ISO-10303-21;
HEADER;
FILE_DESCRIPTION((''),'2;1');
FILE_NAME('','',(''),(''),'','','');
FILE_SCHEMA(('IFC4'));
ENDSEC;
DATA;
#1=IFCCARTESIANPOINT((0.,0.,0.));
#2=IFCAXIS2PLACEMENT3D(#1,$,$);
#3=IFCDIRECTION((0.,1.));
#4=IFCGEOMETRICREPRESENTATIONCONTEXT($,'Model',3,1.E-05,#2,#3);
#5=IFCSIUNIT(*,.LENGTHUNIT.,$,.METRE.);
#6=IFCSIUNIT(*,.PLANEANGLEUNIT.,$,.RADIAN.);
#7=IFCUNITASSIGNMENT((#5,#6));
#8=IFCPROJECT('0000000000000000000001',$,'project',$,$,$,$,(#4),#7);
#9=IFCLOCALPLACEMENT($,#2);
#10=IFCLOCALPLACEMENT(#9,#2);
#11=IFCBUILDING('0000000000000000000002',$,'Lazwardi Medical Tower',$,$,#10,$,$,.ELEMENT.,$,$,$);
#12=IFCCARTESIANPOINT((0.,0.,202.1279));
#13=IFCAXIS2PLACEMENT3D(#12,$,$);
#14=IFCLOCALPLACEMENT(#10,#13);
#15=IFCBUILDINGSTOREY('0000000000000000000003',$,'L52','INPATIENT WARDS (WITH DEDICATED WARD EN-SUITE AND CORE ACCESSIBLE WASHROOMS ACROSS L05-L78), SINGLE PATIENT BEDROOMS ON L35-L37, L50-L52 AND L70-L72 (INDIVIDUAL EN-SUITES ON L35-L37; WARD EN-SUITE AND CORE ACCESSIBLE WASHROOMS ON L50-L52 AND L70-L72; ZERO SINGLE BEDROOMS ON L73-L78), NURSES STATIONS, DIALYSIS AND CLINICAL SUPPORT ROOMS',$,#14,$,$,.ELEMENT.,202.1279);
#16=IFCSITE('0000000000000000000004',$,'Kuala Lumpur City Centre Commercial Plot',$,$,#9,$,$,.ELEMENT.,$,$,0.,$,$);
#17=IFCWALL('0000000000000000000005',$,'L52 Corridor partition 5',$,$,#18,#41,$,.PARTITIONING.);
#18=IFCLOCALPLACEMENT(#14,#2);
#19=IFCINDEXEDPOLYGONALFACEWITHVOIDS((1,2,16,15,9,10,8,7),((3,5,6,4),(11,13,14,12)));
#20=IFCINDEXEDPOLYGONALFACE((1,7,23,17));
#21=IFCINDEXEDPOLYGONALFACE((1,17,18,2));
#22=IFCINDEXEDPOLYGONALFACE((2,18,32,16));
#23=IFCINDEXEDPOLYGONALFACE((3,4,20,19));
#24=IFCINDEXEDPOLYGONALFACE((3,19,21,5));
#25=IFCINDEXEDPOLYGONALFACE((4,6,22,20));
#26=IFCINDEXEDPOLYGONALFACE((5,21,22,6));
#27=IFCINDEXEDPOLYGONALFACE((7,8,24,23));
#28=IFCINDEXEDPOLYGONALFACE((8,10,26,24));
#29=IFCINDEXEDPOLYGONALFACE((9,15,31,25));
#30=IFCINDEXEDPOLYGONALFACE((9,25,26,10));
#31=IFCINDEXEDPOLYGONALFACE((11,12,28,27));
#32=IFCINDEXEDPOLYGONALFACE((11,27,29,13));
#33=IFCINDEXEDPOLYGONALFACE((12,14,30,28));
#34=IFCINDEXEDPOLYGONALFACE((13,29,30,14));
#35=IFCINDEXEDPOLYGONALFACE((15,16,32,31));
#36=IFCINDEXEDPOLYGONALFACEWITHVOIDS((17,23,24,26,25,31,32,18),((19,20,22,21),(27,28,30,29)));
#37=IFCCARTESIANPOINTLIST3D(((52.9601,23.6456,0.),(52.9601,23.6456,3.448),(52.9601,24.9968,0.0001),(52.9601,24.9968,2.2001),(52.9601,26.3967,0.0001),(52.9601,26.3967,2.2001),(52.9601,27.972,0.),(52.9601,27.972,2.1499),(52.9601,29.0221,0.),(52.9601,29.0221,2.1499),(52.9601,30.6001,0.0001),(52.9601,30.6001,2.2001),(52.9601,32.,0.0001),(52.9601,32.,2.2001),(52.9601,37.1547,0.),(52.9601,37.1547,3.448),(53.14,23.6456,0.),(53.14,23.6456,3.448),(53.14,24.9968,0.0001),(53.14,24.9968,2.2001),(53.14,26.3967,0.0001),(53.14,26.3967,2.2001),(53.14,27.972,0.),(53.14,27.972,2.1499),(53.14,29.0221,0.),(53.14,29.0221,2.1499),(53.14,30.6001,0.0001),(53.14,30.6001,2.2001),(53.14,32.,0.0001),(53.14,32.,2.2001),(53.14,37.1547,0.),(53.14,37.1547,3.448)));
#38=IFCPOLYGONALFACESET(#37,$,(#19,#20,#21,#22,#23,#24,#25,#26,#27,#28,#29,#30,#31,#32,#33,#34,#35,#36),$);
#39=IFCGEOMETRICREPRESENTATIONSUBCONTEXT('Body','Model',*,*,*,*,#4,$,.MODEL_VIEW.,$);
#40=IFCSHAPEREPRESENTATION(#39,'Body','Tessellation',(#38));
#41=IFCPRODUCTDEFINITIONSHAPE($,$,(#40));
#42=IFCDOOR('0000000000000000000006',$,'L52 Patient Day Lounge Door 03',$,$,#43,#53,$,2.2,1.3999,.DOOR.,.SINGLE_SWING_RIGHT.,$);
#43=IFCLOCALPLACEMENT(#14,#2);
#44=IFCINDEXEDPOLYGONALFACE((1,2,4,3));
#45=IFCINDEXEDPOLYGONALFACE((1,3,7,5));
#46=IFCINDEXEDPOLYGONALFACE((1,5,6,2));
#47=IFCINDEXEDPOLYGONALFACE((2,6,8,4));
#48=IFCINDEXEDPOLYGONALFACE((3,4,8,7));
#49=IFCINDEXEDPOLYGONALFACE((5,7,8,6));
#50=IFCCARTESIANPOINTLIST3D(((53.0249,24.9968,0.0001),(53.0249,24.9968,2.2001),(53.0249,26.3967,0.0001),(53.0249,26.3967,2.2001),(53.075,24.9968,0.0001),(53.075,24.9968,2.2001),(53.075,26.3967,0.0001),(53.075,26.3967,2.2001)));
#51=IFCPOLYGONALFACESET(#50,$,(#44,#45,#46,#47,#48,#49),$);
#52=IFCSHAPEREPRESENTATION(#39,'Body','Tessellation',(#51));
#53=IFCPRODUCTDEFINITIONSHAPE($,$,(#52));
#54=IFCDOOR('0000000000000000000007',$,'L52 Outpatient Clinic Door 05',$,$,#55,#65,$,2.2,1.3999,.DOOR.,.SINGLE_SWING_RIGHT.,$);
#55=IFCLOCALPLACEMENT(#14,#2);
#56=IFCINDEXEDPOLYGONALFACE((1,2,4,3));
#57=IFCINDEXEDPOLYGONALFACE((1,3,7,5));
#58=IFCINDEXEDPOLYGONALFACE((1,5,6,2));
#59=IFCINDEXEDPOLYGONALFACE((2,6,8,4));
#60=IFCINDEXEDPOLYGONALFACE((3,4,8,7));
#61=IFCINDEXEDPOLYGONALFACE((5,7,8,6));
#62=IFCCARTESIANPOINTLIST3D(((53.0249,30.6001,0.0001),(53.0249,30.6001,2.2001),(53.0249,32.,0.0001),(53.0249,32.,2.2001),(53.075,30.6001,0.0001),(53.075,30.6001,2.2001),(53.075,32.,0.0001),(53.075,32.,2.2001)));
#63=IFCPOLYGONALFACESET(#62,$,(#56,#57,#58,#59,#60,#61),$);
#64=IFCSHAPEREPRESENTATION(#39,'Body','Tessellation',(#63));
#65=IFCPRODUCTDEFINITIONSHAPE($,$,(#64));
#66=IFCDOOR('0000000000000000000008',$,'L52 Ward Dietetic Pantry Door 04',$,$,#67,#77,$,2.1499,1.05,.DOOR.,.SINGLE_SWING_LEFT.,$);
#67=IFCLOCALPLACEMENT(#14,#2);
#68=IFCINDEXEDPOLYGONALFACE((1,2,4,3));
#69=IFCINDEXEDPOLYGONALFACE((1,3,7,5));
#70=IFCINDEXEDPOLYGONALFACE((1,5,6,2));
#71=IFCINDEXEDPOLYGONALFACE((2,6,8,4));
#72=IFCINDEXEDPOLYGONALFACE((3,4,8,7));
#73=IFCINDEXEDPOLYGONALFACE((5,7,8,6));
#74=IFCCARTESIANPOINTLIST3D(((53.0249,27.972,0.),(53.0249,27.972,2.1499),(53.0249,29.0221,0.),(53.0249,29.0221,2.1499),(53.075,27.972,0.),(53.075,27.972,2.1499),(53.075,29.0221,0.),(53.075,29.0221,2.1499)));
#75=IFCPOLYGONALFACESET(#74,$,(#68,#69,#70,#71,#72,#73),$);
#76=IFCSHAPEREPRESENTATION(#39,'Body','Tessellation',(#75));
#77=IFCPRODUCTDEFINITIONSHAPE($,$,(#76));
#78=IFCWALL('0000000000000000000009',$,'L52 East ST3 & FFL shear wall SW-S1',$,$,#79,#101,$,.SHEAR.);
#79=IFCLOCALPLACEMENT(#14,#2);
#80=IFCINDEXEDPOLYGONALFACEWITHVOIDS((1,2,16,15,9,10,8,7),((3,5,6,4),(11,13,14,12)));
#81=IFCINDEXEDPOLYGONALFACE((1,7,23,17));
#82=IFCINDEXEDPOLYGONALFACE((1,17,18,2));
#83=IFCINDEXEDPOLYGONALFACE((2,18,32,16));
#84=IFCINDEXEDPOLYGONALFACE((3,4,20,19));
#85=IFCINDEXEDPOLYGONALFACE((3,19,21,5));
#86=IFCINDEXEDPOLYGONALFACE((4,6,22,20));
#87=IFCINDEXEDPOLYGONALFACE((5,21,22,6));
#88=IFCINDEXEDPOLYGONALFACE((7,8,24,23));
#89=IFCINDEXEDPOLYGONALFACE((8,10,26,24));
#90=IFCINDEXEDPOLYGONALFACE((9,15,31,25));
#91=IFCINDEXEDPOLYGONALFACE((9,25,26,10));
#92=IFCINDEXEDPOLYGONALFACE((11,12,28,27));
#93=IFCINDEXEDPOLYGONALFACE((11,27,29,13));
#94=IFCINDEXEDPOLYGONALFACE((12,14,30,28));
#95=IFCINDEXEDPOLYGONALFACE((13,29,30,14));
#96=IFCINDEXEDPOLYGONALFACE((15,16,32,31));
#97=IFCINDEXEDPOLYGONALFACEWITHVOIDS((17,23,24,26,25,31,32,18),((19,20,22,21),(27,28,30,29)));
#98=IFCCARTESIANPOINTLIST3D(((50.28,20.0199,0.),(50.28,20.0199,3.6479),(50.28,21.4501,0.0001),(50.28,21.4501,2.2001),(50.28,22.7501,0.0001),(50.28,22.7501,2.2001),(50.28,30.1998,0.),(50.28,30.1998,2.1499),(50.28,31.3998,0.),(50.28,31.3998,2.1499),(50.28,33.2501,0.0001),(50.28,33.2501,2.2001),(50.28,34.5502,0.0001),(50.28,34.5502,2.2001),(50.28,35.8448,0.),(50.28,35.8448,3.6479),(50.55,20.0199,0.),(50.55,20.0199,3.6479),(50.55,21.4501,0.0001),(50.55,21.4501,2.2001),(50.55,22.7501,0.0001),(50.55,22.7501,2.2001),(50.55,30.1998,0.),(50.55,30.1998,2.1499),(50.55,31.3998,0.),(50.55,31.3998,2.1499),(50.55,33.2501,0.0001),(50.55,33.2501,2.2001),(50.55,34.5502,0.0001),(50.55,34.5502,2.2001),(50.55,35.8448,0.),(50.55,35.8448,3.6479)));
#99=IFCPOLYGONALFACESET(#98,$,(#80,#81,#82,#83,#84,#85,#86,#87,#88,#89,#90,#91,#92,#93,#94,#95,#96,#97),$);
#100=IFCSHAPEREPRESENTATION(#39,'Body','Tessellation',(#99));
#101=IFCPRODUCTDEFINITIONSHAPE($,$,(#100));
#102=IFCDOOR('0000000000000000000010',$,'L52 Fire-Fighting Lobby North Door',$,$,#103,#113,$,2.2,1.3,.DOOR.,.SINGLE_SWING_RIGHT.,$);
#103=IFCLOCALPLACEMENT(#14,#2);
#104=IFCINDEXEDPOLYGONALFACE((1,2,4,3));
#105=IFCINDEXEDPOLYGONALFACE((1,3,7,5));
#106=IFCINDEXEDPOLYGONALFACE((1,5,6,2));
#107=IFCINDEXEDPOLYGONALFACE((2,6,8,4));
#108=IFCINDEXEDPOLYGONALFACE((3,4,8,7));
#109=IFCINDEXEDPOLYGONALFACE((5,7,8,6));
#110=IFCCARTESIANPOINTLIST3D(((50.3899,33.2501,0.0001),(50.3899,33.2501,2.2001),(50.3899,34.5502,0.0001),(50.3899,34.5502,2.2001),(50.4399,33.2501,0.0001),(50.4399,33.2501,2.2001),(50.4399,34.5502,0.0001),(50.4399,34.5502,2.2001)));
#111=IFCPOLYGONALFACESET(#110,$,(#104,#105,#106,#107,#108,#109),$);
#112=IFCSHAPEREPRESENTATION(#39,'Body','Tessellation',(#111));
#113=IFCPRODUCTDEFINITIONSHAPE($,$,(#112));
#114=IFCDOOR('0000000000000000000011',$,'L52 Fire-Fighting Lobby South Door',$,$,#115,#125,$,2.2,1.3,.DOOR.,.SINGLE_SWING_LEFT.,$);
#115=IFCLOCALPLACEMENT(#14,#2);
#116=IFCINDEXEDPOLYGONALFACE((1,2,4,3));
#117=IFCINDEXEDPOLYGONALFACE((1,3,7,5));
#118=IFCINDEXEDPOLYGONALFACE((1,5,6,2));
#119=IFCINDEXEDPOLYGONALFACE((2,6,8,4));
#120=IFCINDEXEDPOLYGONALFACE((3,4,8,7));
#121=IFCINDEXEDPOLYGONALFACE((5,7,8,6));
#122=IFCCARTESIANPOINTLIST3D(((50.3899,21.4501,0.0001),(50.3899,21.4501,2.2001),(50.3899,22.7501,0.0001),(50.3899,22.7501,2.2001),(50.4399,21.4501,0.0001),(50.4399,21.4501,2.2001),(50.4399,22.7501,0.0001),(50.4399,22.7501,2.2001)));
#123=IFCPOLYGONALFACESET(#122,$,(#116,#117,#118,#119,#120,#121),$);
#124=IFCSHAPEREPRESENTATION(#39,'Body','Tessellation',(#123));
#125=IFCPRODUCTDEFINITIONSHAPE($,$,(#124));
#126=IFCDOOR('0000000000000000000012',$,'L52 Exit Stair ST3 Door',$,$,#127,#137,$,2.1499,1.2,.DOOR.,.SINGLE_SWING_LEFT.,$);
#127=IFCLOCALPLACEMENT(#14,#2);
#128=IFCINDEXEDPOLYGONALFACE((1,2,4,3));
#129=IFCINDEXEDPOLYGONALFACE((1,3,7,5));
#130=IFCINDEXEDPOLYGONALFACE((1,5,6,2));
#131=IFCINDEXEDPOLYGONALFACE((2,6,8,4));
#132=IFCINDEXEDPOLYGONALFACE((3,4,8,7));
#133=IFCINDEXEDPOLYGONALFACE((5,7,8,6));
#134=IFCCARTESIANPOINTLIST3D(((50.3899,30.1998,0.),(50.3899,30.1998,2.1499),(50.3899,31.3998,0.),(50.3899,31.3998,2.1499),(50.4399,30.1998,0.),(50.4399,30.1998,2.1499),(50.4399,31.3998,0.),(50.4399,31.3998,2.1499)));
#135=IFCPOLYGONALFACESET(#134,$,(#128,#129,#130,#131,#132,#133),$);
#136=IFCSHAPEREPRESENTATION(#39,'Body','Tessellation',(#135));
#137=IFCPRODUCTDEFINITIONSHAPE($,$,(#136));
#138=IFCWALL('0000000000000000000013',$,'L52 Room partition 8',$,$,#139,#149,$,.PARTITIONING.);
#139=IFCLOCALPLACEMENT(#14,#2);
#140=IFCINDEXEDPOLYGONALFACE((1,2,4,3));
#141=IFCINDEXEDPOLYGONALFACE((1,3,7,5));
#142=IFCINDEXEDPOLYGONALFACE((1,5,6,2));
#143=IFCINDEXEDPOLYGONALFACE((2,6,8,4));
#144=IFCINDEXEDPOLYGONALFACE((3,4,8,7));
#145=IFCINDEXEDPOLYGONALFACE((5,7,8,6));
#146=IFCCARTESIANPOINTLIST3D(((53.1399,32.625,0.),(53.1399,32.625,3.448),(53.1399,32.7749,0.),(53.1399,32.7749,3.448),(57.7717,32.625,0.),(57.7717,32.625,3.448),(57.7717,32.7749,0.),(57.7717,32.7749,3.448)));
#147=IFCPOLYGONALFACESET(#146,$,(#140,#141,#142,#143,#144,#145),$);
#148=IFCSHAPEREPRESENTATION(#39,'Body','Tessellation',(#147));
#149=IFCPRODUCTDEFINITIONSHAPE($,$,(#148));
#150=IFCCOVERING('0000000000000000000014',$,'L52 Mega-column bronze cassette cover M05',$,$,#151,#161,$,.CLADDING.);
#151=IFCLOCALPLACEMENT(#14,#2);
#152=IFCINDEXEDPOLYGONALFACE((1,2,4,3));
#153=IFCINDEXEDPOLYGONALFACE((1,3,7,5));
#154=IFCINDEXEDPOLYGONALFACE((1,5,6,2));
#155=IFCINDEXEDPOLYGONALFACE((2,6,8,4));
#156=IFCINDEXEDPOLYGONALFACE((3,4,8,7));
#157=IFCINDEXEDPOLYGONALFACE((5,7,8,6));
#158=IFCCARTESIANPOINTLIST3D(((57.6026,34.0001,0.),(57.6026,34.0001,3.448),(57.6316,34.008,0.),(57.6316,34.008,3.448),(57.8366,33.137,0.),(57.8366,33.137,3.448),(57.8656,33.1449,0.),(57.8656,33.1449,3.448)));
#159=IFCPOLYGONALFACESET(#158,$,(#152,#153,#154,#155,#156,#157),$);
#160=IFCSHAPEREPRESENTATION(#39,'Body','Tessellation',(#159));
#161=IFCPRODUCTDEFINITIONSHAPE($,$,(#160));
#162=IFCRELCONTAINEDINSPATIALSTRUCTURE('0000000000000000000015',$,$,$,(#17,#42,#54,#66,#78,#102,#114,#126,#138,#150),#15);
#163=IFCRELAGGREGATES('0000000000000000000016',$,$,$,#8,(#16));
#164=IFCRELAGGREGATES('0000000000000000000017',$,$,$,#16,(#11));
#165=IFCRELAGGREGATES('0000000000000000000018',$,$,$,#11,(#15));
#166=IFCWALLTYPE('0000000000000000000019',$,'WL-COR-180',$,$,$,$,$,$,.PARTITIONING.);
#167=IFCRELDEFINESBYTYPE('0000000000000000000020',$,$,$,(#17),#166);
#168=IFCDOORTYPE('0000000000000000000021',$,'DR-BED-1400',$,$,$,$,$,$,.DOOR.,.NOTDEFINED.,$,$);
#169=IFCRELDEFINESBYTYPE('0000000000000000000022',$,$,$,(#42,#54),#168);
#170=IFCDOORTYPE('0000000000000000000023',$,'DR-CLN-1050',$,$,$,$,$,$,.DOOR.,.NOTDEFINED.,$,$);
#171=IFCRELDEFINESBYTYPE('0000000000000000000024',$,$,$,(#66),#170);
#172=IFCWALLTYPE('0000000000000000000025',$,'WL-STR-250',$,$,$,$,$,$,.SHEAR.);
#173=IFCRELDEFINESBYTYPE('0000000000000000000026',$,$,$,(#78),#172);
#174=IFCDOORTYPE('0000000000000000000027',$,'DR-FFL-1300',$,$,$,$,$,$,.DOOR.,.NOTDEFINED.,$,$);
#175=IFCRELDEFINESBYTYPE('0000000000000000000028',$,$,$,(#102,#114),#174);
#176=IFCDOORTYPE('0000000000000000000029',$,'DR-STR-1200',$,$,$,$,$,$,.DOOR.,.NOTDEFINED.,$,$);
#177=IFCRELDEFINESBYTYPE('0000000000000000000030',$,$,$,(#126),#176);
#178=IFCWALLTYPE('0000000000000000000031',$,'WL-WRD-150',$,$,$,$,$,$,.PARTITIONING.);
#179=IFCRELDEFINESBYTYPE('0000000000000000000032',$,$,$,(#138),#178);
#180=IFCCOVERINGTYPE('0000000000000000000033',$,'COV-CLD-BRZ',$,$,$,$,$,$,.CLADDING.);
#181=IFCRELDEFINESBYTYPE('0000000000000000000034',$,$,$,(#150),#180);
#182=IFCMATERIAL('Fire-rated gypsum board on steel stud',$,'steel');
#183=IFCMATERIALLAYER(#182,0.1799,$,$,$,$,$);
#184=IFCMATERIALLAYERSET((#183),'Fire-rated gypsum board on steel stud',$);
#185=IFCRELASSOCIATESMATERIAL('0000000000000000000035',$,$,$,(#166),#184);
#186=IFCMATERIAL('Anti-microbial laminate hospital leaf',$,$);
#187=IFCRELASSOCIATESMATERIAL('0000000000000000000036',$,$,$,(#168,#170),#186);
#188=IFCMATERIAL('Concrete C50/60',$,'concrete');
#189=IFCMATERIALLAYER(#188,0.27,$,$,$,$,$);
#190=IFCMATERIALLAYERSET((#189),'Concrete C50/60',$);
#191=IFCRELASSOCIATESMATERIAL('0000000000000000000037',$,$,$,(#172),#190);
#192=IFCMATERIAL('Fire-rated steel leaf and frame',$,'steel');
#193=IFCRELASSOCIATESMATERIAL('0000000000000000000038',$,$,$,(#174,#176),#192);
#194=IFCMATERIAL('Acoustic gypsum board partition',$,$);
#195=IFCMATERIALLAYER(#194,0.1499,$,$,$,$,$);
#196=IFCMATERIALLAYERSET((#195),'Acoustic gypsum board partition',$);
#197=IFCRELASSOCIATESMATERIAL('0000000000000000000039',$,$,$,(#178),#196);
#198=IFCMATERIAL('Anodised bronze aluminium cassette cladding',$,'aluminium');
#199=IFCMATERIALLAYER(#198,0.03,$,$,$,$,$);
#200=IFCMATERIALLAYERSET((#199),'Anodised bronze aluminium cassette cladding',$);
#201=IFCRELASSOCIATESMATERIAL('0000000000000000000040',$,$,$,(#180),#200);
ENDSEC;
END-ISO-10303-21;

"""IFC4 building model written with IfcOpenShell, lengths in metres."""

from ifc_helpers import new_model, si_unit, direction, frame, frame_2d, origin, origin_2d, place, context, subcontext, project, spatial, rectangle, extrude, material, layer, layer_set, type_object, element, fill, save


model = new_model("IFC4")

# Units and contexts
model_context = context("Model", 3, precision=1e-05, world=origin(), true_north=direction((0.0, 1.0)))
body_context = subcontext(model_context, "Body", "Model", "MODEL_VIEW")
ifc_project = project(units=[si_unit("LENGTHUNIT", "METRE"), si_unit("PLANEANGLEUNIT", "RADIAN")], contexts=[model_context])

# Site, building, storey
site_placement = place(None, origin())
site = spatial("IfcSite", under=ifc_project, at=site_placement, Name="Kuala Lumpur City Centre Commercial Plot", CompositionType="ELEMENT", RefElevation=0.0)
building_placement = place(site_placement, origin())
building = spatial("IfcBuilding", under=site, at=building_placement, Name="Lazwardi Medical Tower", CompositionType="ELEMENT")
storey_placement = place(building_placement, frame((0.0, 0.0, 202.1279)))
storey = spatial("IfcBuildingStorey", under=building, at=storey_placement, Name="L52", Description="INPATIENT WARDS (WITH DEDICATED WARD EN-SUITE AND CORE ACCESSIBLE WASHROOMS ACROSS L05-L78), SINGLE PATIENT BEDROOMS ON L35-L37, L50-L52 AND L70-L72 (INDIVIDUAL EN-SUITES ON L35-L37; WARD EN-SUITE AND CORE ACCESSIBLE WASHROOMS ON L50-L52 AND L70-L72; ZERO SINGLE BEDROOMS ON L73-L78), NURSES STATIONS, DIALYSIS AND CLINICAL SUPPORT ROOMS", CompositionType="ELEMENT", Elevation=202.1279)

# Walls, openings, doors
ifc_material_1 = material(Name="Fire-rated gypsum board on steel stud", Category="steel")
ifc_layer_1 = layer(ifc_material_1, 0.1799)
ifc_layer_set_1 = layer_set([ifc_layer_1], Name="Fire-rated gypsum board on steel stud")
wall_type_1 = type_object("IfcWallType", Name="WL-COR-180", PredefinedType="PARTITIONING", material=ifc_layer_set_1)
wall_1_placement = place(storey_placement, frame((53.05, 37.1545, 0.0), z_axis=(0.0, 0.0, 1.0), x_axis=(0.0, -1.0, 0.0)))
wall_1 = element("IfcWall", 1, at=wall_1_placement, inside=storey, type_object=wall_type_1, Name="L52 Corridor partition 5", PredefinedType="PARTITIONING", context=body_context, shape_type="SweptSolid", body=[
    extrude(rectangle(XDim=13.509, YDim=0.1799, at=frame_2d((6.7544, 0.0))), origin(), (0.0, 0.0, 1.0), 3.448),
])
opening_1_placement = place(wall_1_placement, frame((10.7578, 0.0, 0.0)))
opening_1 = element("IfcOpeningElement", 2, at=opening_1_placement, cuts=wall_1, PredefinedType="OPENING", context=body_context, shape_type="SweptSolid", body=[
    extrude(rectangle(XDim=1.3999, YDim=2.2, at=frame_2d((0.7, 1.1001))), frame((0.0, 0.0999, 0.0), z_axis=(0.0, -1.0, 0.0), x_axis=(1.0, 0.0, 0.0)), (0.0, 0.0, 1.0), 0.2),
])
opening_2_placement = place(wall_1_placement, frame((8.1326, 0.0, 0.0)))
opening_2 = element("IfcOpeningElement", 3, at=opening_2_placement, cuts=wall_1, PredefinedType="OPENING", context=body_context, shape_type="SweptSolid", body=[
    extrude(rectangle(XDim=1.05, YDim=2.1499, at=frame_2d((0.5249, 1.075))), frame((0.0, 0.0999, 0.0), z_axis=(0.0, -1.0, 0.0), x_axis=(1.0, 0.0, 0.0)), (0.0, 0.0, 1.0), 0.2),
])
opening_3_placement = place(wall_1_placement, frame((5.1545, 0.0, 0.0)))
opening_3 = element("IfcOpeningElement", 4, at=opening_3_placement, cuts=wall_1, PredefinedType="OPENING", context=body_context, shape_type="SweptSolid", body=[
    extrude(rectangle(XDim=1.3999, YDim=2.2, at=frame_2d((0.7, 1.1001))), frame((0.0, 0.0999, 0.0), z_axis=(0.0, -1.0, 0.0), x_axis=(1.0, 0.0, 0.0)), (0.0, 0.0, 1.0), 0.2),
])
ifc_material_2 = material(Name="Anti-microbial laminate hospital leaf")
door_type_1 = type_object("IfcDoorType", Name="DR-BED-1400", OperationType="NOTDEFINED", PredefinedType="DOOR", material=ifc_material_2)
door_1_placement = place(opening_1_placement, origin())
door_1 = element("IfcDoor", 5, at=door_1_placement, inside=storey, type_object=door_type_1, Name="L52 Patient Day Lounge Door 03", OperationType="SINGLE_SWING_RIGHT", OverallHeight=2.2, OverallWidth=1.3999, PredefinedType="DOOR", context=body_context, shape_type="SweptSolid", body=[
    extrude(rectangle(XDim=1.3999, YDim=2.2, at=frame_2d((0.7, 1.1001))), frame((0.0, 0.0249, 0.0), z_axis=(0.0, -1.0, 0.0), x_axis=(1.0, 0.0, 0.0)), (0.0, 0.0, 1.0), 0.05),
])
fill(opening_1, door_1)
door_2_placement = place(opening_3_placement, origin())
door_2 = element("IfcDoor", 6, at=door_2_placement, inside=storey, type_object=door_type_1, Name="L52 Outpatient Clinic Door 05", OperationType="SINGLE_SWING_RIGHT", OverallHeight=2.2, OverallWidth=1.3999, PredefinedType="DOOR", context=body_context, shape_type="SweptSolid", body=[
    extrude(rectangle(XDim=1.3999, YDim=2.2, at=frame_2d((0.7, 1.1001))), frame((0.0, 0.0249, 0.0), z_axis=(0.0, -1.0, 0.0), x_axis=(1.0, 0.0, 0.0)), (0.0, 0.0, 1.0), 0.05),
])
fill(opening_3, door_2)
door_type_2 = type_object("IfcDoorType", Name="DR-CLN-1050", OperationType="NOTDEFINED", PredefinedType="DOOR", material=ifc_material_2)
door_3_placement = place(opening_2_placement, origin())
door_3 = element("IfcDoor", 7, at=door_3_placement, inside=storey, type_object=door_type_2, Name="L52 Ward Dietetic Pantry Door 04", OperationType="SINGLE_SWING_LEFT", OverallHeight=2.1499, OverallWidth=1.05, PredefinedType="DOOR", context=body_context, shape_type="SweptSolid", body=[
    extrude(rectangle(XDim=1.05, YDim=2.1499, at=frame_2d((0.5249, 1.075))), frame((0.0, 0.0249, 0.0), z_axis=(0.0, -1.0, 0.0), x_axis=(1.0, 0.0, 0.0)), (0.0, 0.0, 1.0), 0.05),
])
fill(opening_2, door_3)
ifc_material_3 = material(Name="Concrete C50/60", Category="concrete")
ifc_layer_2 = layer(ifc_material_3, 0.27)
ifc_layer_set_2 = layer_set([ifc_layer_2], Name="Concrete C50/60")
wall_type_2 = type_object("IfcWallType", Name="WL-STR-250", PredefinedType="SHEAR", material=ifc_layer_set_2)
wall_2_placement = place(storey_placement, frame((50.415, 35.845, 0.0), z_axis=(0.0, 0.0, 1.0), x_axis=(0.0, -1.0, 0.0)))
wall_2 = element("IfcWall", 8, at=wall_2_placement, inside=storey, type_object=wall_type_2, Name="L52 East ST3 & FFL shear wall SW-S1", PredefinedType="SHEAR", context=body_context, shape_type="SweptSolid", body=[
    extrude(rectangle(XDim=15.825, YDim=0.27, at=frame_2d((7.9126, 0.0))), origin(), (0.0, 0.0, 1.0), 3.6479),
])
opening_4_placement = place(wall_2_placement, frame((4.4451, 0.0, 0.0)))
opening_4 = element("IfcOpeningElement", 9, at=opening_4_placement, cuts=wall_2, PredefinedType="OPENING", context=body_context, shape_type="SweptSolid", body=[
    extrude(rectangle(XDim=1.2, YDim=2.1499, at=frame_2d((0.6001, 1.075))), frame((0.0, 0.145, 0.0), z_axis=(0.0, -1.0, 0.0), x_axis=(1.0, 0.0, 0.0)), (0.0, 0.0, 1.0), 0.29),
])
opening_5_placement = place(wall_2_placement, frame((1.2949, 0.0, 0.0)))
opening_5 = element("IfcOpeningElement", 10, at=opening_5_placement, cuts=wall_2, PredefinedType="OPENING", context=body_context, shape_type="SweptSolid", body=[
    extrude(rectangle(XDim=1.3, YDim=2.2, at=frame_2d((0.6499, 1.1001))), frame((0.0, 0.145, 0.0), z_axis=(0.0, -1.0, 0.0), x_axis=(1.0, 0.0, 0.0)), (0.0, 0.0, 1.0), 0.29),
])
opening_6_placement = place(wall_2_placement, frame((13.095, 0.0, 0.0)))
opening_6 = element("IfcOpeningElement", 11, at=opening_6_placement, cuts=wall_2, PredefinedType="OPENING", context=body_context, shape_type="SweptSolid", body=[
    extrude(rectangle(XDim=1.3, YDim=2.2, at=frame_2d((0.6499, 1.1001))), frame((0.0, 0.145, 0.0), z_axis=(0.0, -1.0, 0.0), x_axis=(1.0, 0.0, 0.0)), (0.0, 0.0, 1.0), 0.29),
])
ifc_material_4 = material(Name="Fire-rated steel leaf and frame", Category="steel")
door_type_3 = type_object("IfcDoorType", Name="DR-FFL-1300", OperationType="NOTDEFINED", PredefinedType="DOOR", material=ifc_material_4)
door_4_placement = place(opening_5_placement, origin())
door_4 = element("IfcDoor", 12, at=door_4_placement, inside=storey, type_object=door_type_3, Name="L52 Fire-Fighting Lobby North Door", OperationType="SINGLE_SWING_RIGHT", OverallHeight=2.2, OverallWidth=1.3, PredefinedType="DOOR", context=body_context, shape_type="SweptSolid", body=[
    extrude(rectangle(XDim=1.3, YDim=2.2, at=frame_2d((0.6499, 1.1001))), frame((0.0, 0.0249, 0.0), z_axis=(0.0, -1.0, 0.0), x_axis=(1.0, 0.0, 0.0)), (0.0, 0.0, 1.0), 0.05),
])
fill(opening_5, door_4)
door_5_placement = place(opening_6_placement, origin())
door_5 = element("IfcDoor", 13, at=door_5_placement, inside=storey, type_object=door_type_3, Name="L52 Fire-Fighting Lobby South Door", OperationType="SINGLE_SWING_LEFT", OverallHeight=2.2, OverallWidth=1.3, PredefinedType="DOOR", context=body_context, shape_type="SweptSolid", body=[
    extrude(rectangle(XDim=1.3, YDim=2.2, at=frame_2d((0.6499, 1.1001))), frame((0.0, 0.0249, 0.0), z_axis=(0.0, -1.0, 0.0), x_axis=(1.0, 0.0, 0.0)), (0.0, 0.0, 1.0), 0.05),
])
fill(opening_6, door_5)
door_type_4 = type_object("IfcDoorType", Name="DR-STR-1200", OperationType="NOTDEFINED", PredefinedType="DOOR", material=ifc_material_4)
door_6_placement = place(opening_4_placement, origin())
door_6 = element("IfcDoor", 14, at=door_6_placement, inside=storey, type_object=door_type_4, Name="L52 Exit Stair ST3 Door", OperationType="SINGLE_SWING_LEFT", OverallHeight=2.1499, OverallWidth=1.2, PredefinedType="DOOR", context=body_context, shape_type="SweptSolid", body=[
    extrude(rectangle(XDim=1.2, YDim=2.1499, at=frame_2d((0.6001, 1.075))), frame((0.0, 0.0249, 0.0), z_axis=(0.0, -1.0, 0.0), x_axis=(1.0, 0.0, 0.0)), (0.0, 0.0, 1.0), 0.05),
])
fill(opening_4, door_6)

# Wall
ifc_material_5 = material(Name="Acoustic gypsum board partition")
ifc_layer_3 = layer(ifc_material_5, 0.1499)
ifc_layer_set_3 = layer_set([ifc_layer_3], Name="Acoustic gypsum board partition")
wall_type_3 = type_object("IfcWallType", Name="WL-WRD-150", PredefinedType="PARTITIONING", material=ifc_layer_set_3)
wall_3_placement = place(storey_placement, frame((53.1399, 32.7, 0.0), z_axis=(0.0, 0.0, 1.0), x_axis=(1.0, 0.0, 0.0)))
element("IfcWall", 15, at=wall_3_placement, inside=storey, type_object=wall_type_3, Name="L52 Room partition 8", PredefinedType="PARTITIONING", context=body_context, shape_type="SweptSolid", body=[
    extrude(rectangle(XDim=4.6318, YDim=0.1499, at=frame_2d((2.3159, 0.0))), origin(), (0.0, 0.0, 1.0), 3.448),
])

# Covering
ifc_material_6 = material(Name="Anodised bronze aluminium cassette cladding", Category="aluminium")
ifc_layer_4 = layer(ifc_material_6, 0.03)
ifc_layer_set_4 = layer_set([ifc_layer_4], Name="Anodised bronze aluminium cassette cladding")
covering_type = type_object("IfcCoveringType", Name="COV-CLD-BRZ", PredefinedType="CLADDING", material=ifc_layer_set_4)
covering_placement = place(storey_placement, frame((57.7341, 33.5725, 0.0), z_axis=(0.0, 0.0, 1.0), x_axis=(-0.261642, 0.965165, 0.0)))
element("IfcCovering", 16, at=covering_placement, inside=storey, type_object=covering_type, Name="L52 Mega-column bronze cassette cover M05", PredefinedType="CLADDING", context=body_context, shape_type="SweptSolid", body=[
    extrude(rectangle(XDim=0.8943, YDim=0.03, at=origin_2d()), origin(), (0.0, 0.0, 1.0), 3.448),
])

save(model, "model.ifc")
